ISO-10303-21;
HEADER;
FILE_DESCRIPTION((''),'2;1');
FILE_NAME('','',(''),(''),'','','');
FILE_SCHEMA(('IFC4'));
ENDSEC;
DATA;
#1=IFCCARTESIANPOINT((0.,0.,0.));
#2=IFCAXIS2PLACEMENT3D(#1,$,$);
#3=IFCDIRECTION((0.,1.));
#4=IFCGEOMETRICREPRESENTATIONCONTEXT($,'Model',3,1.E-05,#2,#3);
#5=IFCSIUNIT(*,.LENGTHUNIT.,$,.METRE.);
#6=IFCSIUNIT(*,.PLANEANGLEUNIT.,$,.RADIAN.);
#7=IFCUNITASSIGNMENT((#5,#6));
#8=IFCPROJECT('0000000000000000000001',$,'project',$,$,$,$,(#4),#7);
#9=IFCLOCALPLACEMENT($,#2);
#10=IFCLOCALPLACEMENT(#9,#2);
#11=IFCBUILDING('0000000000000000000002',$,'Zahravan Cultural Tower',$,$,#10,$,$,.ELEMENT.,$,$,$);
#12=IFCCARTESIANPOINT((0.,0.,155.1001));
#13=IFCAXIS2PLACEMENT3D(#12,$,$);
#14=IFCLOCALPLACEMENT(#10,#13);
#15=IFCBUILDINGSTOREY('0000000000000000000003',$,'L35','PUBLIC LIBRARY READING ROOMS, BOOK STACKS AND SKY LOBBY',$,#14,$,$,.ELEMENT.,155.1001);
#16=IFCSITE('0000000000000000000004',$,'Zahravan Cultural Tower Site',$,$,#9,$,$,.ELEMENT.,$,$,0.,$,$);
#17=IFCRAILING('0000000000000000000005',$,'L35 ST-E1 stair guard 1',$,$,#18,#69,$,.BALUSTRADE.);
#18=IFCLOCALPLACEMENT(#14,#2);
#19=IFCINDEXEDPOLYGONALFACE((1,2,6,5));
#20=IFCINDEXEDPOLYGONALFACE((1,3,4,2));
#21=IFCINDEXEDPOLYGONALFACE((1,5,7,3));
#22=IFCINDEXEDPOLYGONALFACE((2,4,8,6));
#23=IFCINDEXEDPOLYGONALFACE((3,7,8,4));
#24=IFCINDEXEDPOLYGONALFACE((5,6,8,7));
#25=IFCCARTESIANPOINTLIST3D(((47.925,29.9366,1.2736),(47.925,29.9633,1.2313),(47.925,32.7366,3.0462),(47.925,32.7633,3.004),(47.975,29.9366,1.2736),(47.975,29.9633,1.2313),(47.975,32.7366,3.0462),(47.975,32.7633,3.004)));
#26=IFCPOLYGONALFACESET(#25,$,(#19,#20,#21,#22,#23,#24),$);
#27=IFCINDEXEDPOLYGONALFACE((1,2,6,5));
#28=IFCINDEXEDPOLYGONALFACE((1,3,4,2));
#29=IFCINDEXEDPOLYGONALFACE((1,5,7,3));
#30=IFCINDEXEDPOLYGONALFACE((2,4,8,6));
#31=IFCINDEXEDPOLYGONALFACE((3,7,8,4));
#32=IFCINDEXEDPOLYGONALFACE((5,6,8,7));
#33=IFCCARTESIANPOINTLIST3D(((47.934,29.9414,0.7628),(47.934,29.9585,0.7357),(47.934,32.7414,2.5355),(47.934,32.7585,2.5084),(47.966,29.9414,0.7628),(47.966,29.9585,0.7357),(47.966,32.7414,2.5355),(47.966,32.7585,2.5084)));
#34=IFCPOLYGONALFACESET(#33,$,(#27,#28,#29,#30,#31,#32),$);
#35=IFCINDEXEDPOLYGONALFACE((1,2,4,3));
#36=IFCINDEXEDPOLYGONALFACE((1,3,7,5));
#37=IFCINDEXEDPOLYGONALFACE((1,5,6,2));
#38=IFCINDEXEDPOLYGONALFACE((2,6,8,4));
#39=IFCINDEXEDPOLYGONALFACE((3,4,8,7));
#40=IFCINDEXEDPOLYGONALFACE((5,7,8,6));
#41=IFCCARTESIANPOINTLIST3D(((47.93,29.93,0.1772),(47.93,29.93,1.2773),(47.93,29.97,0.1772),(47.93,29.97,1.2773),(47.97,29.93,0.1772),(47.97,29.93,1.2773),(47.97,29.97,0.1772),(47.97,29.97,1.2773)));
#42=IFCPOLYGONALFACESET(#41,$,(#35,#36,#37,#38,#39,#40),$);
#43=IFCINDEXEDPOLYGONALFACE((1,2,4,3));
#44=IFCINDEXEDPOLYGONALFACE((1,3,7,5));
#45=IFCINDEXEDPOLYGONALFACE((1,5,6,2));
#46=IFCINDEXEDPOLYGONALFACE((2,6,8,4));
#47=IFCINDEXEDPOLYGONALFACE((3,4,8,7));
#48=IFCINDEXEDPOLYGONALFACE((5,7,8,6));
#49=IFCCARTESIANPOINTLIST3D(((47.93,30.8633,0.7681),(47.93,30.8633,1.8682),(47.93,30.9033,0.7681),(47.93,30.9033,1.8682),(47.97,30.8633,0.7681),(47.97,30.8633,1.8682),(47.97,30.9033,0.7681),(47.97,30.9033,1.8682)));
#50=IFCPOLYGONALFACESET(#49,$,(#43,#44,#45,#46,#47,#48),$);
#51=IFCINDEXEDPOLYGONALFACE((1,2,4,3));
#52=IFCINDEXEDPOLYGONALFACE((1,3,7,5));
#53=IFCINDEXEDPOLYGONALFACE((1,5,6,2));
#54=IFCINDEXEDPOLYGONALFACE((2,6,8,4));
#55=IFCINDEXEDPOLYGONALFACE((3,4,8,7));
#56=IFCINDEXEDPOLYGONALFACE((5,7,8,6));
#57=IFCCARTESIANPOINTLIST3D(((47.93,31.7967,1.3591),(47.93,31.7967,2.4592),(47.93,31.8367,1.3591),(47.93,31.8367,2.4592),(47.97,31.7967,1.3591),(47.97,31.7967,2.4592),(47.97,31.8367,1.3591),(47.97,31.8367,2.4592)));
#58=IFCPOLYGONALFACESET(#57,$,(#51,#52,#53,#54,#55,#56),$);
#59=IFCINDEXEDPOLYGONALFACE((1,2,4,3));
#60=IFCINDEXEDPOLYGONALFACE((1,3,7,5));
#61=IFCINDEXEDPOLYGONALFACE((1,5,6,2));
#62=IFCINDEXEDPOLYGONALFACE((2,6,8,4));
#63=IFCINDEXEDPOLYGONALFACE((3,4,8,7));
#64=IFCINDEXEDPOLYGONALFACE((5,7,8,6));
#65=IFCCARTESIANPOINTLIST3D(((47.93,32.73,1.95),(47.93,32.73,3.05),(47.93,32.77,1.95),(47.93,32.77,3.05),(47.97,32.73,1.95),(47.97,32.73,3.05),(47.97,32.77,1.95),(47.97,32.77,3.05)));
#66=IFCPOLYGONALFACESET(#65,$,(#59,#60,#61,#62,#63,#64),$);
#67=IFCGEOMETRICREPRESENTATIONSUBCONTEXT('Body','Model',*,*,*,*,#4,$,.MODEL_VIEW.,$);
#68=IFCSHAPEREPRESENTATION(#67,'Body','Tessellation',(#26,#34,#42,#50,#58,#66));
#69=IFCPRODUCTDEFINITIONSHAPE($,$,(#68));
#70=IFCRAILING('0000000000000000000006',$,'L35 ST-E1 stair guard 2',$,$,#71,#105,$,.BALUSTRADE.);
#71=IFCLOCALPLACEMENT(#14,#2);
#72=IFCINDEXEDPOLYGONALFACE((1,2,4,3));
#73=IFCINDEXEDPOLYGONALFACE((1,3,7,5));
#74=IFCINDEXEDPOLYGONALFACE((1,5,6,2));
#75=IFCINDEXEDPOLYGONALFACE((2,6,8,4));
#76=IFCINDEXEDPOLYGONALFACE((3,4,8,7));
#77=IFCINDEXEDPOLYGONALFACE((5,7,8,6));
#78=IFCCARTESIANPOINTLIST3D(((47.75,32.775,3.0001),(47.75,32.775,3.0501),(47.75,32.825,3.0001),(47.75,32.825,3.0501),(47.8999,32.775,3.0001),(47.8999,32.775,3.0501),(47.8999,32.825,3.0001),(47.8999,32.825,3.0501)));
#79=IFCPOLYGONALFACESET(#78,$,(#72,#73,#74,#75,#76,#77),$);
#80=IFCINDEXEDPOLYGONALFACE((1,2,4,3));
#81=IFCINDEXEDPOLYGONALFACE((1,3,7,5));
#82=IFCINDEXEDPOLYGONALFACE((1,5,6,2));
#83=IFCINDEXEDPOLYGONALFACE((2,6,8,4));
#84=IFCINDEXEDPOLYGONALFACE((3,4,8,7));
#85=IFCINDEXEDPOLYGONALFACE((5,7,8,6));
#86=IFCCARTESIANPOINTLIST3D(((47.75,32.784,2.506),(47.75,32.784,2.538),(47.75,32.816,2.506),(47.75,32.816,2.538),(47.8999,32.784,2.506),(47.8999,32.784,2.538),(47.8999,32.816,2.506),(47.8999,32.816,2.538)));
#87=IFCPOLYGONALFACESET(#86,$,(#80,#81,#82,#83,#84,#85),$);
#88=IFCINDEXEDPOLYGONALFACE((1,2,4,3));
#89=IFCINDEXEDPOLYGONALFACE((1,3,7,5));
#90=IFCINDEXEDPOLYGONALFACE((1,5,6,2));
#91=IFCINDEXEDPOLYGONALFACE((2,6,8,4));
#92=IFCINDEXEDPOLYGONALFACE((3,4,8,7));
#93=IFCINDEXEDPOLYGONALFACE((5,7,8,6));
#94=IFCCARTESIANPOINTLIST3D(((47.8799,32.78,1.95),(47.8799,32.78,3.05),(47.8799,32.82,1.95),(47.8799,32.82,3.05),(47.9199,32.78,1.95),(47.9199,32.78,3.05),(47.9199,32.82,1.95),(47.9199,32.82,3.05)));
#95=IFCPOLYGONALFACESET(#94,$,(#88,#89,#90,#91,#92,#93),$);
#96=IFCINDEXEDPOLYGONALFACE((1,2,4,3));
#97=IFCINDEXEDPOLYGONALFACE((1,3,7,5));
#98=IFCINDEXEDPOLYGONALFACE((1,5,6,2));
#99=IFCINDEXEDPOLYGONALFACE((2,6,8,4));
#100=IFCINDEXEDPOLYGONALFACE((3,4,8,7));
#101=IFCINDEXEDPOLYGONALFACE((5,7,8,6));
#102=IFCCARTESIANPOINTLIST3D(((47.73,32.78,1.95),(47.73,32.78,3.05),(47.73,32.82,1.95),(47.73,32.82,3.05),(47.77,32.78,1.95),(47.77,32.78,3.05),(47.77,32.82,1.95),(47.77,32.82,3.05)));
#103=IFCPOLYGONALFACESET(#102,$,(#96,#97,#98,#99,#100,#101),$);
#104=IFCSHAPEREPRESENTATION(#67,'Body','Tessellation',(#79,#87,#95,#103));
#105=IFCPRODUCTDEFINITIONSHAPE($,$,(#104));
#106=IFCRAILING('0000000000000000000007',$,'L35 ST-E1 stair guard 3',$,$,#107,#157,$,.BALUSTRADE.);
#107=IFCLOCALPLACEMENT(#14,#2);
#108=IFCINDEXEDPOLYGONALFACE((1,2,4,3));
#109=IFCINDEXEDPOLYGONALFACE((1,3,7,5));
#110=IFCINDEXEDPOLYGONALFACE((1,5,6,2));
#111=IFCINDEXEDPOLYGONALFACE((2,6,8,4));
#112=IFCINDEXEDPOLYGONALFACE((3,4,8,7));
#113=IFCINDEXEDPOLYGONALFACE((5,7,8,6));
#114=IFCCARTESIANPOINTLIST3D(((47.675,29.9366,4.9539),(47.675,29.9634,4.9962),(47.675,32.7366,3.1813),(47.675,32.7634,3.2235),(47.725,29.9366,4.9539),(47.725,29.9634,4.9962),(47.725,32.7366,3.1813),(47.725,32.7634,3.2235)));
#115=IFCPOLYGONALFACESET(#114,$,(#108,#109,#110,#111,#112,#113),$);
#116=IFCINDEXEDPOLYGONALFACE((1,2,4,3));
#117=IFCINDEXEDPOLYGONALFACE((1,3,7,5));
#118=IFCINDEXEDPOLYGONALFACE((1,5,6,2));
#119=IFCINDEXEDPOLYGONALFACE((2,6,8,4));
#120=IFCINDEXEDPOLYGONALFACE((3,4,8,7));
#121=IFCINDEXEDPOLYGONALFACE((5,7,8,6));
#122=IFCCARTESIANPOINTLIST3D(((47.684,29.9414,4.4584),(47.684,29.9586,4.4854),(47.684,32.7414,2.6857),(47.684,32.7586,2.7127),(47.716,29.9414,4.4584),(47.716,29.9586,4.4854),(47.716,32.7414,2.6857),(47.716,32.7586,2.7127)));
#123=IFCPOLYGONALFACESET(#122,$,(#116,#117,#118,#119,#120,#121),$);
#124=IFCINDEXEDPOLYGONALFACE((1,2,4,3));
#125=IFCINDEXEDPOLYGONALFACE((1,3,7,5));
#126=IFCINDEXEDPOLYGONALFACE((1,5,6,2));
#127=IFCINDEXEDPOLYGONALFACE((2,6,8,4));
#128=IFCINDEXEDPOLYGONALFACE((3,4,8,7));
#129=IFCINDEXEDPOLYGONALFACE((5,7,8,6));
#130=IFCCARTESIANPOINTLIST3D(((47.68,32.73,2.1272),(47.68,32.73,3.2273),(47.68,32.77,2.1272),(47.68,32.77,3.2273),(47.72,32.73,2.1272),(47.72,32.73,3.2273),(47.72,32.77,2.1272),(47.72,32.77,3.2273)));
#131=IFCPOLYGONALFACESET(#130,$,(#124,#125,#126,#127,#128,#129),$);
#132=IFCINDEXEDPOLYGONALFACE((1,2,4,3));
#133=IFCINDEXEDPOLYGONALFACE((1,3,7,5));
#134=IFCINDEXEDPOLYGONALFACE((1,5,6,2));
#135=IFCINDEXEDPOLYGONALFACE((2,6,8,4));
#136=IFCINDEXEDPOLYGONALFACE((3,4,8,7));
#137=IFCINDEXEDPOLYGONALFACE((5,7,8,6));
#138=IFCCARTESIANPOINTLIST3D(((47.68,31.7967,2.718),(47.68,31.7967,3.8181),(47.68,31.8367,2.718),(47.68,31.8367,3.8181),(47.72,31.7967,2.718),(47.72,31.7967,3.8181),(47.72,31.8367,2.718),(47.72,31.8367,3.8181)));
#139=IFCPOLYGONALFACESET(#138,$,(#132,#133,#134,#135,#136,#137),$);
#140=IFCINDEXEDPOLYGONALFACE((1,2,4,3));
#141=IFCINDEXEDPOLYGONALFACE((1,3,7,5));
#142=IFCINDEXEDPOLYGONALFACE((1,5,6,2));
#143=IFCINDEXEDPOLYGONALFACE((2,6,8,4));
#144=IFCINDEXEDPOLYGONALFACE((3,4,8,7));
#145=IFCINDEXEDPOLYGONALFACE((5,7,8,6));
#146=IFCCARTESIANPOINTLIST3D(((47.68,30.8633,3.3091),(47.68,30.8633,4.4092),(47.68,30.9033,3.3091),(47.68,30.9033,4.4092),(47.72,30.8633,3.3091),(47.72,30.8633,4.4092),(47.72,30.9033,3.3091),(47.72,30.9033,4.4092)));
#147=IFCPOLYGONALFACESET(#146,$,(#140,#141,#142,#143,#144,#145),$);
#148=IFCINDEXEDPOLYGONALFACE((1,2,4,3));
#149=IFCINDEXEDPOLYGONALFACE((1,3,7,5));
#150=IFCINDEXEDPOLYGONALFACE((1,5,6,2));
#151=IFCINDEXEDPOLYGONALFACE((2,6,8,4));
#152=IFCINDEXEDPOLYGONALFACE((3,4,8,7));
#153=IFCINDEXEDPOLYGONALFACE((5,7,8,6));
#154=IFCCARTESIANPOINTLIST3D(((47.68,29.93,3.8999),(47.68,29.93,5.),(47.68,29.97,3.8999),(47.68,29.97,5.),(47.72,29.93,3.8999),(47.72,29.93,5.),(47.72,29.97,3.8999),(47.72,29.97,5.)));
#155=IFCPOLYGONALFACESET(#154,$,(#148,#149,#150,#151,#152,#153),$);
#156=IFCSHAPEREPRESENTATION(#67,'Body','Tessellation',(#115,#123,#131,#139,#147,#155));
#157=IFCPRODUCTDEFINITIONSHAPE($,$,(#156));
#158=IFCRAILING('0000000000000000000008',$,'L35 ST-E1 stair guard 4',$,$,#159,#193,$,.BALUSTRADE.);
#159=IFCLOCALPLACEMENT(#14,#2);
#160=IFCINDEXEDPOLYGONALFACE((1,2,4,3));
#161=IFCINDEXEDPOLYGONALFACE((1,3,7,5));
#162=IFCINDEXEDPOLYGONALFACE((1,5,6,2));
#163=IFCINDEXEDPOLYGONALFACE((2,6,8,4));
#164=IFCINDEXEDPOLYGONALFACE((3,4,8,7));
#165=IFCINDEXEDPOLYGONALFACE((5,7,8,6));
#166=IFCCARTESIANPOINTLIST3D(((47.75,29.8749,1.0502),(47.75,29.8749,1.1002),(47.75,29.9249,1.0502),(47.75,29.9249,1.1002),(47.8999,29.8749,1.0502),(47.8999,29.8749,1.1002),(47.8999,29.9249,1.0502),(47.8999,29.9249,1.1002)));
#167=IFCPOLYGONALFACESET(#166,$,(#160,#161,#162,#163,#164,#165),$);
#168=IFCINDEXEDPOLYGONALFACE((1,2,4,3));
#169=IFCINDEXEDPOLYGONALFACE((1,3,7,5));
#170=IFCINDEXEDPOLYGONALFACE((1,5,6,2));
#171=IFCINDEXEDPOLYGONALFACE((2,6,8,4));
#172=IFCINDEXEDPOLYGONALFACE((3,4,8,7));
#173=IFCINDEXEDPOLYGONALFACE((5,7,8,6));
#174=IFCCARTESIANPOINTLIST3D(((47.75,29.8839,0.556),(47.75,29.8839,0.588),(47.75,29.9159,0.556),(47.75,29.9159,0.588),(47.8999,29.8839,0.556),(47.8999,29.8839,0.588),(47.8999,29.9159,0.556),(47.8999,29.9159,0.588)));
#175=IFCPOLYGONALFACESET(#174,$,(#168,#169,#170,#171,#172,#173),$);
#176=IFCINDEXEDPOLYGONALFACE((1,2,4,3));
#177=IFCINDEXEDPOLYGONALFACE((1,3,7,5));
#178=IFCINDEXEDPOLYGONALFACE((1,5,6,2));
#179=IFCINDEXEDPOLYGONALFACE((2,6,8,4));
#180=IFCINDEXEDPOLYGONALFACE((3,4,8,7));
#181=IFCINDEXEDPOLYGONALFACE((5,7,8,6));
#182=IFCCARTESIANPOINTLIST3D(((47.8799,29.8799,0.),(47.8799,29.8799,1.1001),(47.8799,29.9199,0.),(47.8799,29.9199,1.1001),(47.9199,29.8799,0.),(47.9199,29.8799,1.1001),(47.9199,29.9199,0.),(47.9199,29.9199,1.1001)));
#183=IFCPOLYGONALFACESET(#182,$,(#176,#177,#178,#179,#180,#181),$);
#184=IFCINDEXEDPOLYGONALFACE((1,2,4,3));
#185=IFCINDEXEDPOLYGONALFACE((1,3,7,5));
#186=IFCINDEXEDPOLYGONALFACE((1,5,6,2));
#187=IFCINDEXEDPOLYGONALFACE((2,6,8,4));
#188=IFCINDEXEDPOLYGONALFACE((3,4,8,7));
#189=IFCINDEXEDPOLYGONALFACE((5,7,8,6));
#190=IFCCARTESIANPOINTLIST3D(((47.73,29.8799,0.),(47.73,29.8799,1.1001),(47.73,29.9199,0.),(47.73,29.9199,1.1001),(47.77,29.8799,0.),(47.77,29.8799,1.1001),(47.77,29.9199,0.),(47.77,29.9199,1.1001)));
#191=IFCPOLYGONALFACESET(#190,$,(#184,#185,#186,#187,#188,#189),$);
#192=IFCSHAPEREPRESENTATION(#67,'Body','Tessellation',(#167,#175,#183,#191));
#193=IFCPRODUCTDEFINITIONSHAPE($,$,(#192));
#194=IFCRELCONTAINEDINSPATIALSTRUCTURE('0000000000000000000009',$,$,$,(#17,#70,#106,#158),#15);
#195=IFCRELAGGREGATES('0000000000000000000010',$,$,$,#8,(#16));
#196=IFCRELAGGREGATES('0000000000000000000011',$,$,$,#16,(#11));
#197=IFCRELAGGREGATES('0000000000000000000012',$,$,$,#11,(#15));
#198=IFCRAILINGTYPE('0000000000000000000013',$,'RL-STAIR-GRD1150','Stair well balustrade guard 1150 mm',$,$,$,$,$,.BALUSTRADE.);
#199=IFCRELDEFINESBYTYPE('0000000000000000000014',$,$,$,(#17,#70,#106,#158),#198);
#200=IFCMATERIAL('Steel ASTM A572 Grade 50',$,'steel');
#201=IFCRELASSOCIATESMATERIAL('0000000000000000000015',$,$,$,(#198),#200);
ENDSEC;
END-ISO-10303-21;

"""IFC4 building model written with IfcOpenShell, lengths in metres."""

from ifc_helpers import new_model, si_unit, direction, frame, origin, origin_2d, place, context, subcontext, project, spatial, rectangle, extrude, material, type_object, element, save


model = new_model("IFC4")

# Units and contexts
model_context = context("Model", 3, precision=1e-05, world=origin(), true_north=direction((0.0, 1.0)))
body_context = subcontext(model_context, "Body", "Model", "MODEL_VIEW")
ifc_project = project(units=[si_unit("LENGTHUNIT", "METRE"), si_unit("PLANEANGLEUNIT", "RADIAN")], contexts=[model_context])

# Site, building, storey
site_placement = place(None, origin())
site = spatial("IfcSite", under=ifc_project, at=site_placement, Name="Zahravan Cultural Tower Site", CompositionType="ELEMENT", RefElevation=0.0)
building_placement = place(site_placement, origin())
building = spatial("IfcBuilding", under=site, at=building_placement, Name="Zahravan Cultural Tower", CompositionType="ELEMENT")
storey_placement = place(building_placement, frame((0.0, 0.0, 155.1001)))
storey = spatial("IfcBuildingStorey", under=building, at=storey_placement, Name="L35", Description="PUBLIC LIBRARY READING ROOMS, BOOK STACKS AND SKY LOBBY", CompositionType="ELEMENT", Elevation=155.1001)

# Shared definitions
ifc_material_1 = material(Name="Steel ASTM A572 Grade 50", Category="steel")

# Railings
railing_type_1 = type_object("IfcRailingType", Name="RL-STAIR-GRD1150", Description="Stair well balustrade guard 1150 mm", PredefinedType="BALUSTRADE", material=ifc_material_1)
railing_1_placement = place(storey_placement, frame((47.95, 29.95, 0.1772)))
element("IfcRailing", 1, at=railing_1_placement, inside=storey, type_object=railing_type_1, Name="L35 ST-E1 stair guard 1", PredefinedType="BALUSTRADE", context=body_context, shape_type="SweptSolid", body=[
    extrude(rectangle(XDim=0.05, YDim=0.05, at=origin_2d()), frame((0.0, 0.0, 1.0752), z_axis=(0.0, 0.844909, 0.53491), x_axis=(-1.0, 0.0, 0.0)), (0.0, 0.0, 1.0), 3.314),
    extrude(rectangle(XDim=0.032, YDim=0.032, at=origin_2d()), frame((0.0, 0.0, 0.572), z_axis=(0.0, 0.844909, 0.53491), x_axis=(-1.0, 0.0, 0.0)), (0.0, 0.0, 1.0), 3.314),
    extrude(rectangle(XDim=0.04, YDim=0.04, at=origin_2d()), origin(), (0.0, 0.0, 1.0), 1.1001),
    extrude(rectangle(XDim=0.04, YDim=0.04, at=origin_2d()), frame((0.0, 0.9333, 0.5908)), (0.0, 0.0, 1.0), 1.1001),
    extrude(rectangle(XDim=0.04, YDim=0.04, at=origin_2d()), frame((0.0, 1.8667, 1.1819)), (0.0, 0.0, 1.0), 1.1001),
    extrude(rectangle(XDim=0.04, YDim=0.04, at=origin_2d()), frame((0.0, 2.8, 1.7727)), (0.0, 0.0, 1.0), 1.1001),
])
railing_2_placement = place(storey_placement, frame((47.8999, 32.8, 1.95)))
element("IfcRailing", 2, at=railing_2_placement, inside=storey, type_object=railing_type_1, Name="L35 ST-E1 stair guard 2", PredefinedType="BALUSTRADE", context=body_context, shape_type="SweptSolid", body=[
    extrude(rectangle(XDim=0.05, YDim=0.05, at=origin_2d()), frame((0.0, 0.0, 1.0752), z_axis=(-1.0, 0.0, 0.0), x_axis=(0.0, -1.0, 0.0)), (0.0, 0.0, 1.0), 0.1499),
    extrude(rectangle(XDim=0.032, YDim=0.032, at=origin_2d()), frame((0.0, 0.0, 0.572), z_axis=(-1.0, 0.0, 0.0), x_axis=(0.0, -1.0, 0.0)), (0.0, 0.0, 1.0), 0.1499),
    extrude(rectangle(XDim=0.04, YDim=0.04, at=origin_2d()), origin(), (0.0, 0.0, 1.0), 1.1001),
    extrude(rectangle(XDim=0.04, YDim=0.04, at=origin_2d()), frame((-0.1499, 0.0, 0.0)), (0.0, 0.0, 1.0), 1.1001),
])
railing_3_placement = place(storey_placement, frame((47.7, 32.75, 2.1272)))
element("IfcRailing", 3, at=railing_3_placement, inside=storey, type_object=railing_type_1, Name="L35 ST-E1 stair guard 3", PredefinedType="BALUSTRADE", context=body_context, shape_type="SweptSolid", body=[
    extrude(rectangle(XDim=0.05, YDim=0.05, at=origin_2d()), frame((0.0, 0.0, 1.0752), z_axis=(0.0, -0.844909, 0.53491), x_axis=(1.0, 0.0, 0.0)), (0.0, 0.0, 1.0), 3.314),
    extrude(rectangle(XDim=0.032, YDim=0.032, at=origin_2d()), frame((0.0, 0.0, 0.572), z_axis=(0.0, -0.844909, 0.53491), x_axis=(1.0, 0.0, 0.0)), (0.0, 0.0, 1.0), 3.314),
    extrude(rectangle(XDim=0.04, YDim=0.04, at=origin_2d()), origin(), (0.0, 0.0, 1.0), 1.1001),
    extrude(rectangle(XDim=0.04, YDim=0.04, at=origin_2d()), frame((0.0, -0.9333, 0.5908)), (0.0, 0.0, 1.0), 1.1001),
    extrude(rectangle(XDim=0.04, YDim=0.04, at=origin_2d()), frame((0.0, -1.8667, 1.1819)), (0.0, 0.0, 1.0), 1.1001),
    extrude(rectangle(XDim=0.04, YDim=0.04, at=origin_2d()), frame((0.0, -2.8, 1.7727)), (0.0, 0.0, 1.0), 1.1001),
])
railing_4_placement = place(storey_placement, frame((47.8999, 29.8999, 0.0)))
element("IfcRailing", 4, at=railing_4_placement, inside=storey, type_object=railing_type_1, Name="L35 ST-E1 stair guard 4", PredefinedType="BALUSTRADE", context=body_context, shape_type="SweptSolid", body=[
    extrude(rectangle(XDim=0.05, YDim=0.05, at=origin_2d()), frame((0.0, 0.0, 1.0752), z_axis=(-1.0, 0.0, 0.0), x_axis=(0.0, -1.0, 0.0)), (0.0, 0.0, 1.0), 0.1499),
    extrude(rectangle(XDim=0.032, YDim=0.032, at=origin_2d()), frame((0.0, 0.0, 0.572), z_axis=(-1.0, 0.0, 0.0), x_axis=(0.0, -1.0, 0.0)), (0.0, 0.0, 1.0), 0.1499),
    extrude(rectangle(XDim=0.04, YDim=0.04, at=origin_2d()), origin(), (0.0, 0.0, 1.0), 1.1001),
    extrude(rectangle(XDim=0.04, YDim=0.04, at=origin_2d()), frame((-0.1499, 0.0, 0.0)), (0.0, 0.0, 1.0), 1.1001),
])

save(model, "model.ifc")
